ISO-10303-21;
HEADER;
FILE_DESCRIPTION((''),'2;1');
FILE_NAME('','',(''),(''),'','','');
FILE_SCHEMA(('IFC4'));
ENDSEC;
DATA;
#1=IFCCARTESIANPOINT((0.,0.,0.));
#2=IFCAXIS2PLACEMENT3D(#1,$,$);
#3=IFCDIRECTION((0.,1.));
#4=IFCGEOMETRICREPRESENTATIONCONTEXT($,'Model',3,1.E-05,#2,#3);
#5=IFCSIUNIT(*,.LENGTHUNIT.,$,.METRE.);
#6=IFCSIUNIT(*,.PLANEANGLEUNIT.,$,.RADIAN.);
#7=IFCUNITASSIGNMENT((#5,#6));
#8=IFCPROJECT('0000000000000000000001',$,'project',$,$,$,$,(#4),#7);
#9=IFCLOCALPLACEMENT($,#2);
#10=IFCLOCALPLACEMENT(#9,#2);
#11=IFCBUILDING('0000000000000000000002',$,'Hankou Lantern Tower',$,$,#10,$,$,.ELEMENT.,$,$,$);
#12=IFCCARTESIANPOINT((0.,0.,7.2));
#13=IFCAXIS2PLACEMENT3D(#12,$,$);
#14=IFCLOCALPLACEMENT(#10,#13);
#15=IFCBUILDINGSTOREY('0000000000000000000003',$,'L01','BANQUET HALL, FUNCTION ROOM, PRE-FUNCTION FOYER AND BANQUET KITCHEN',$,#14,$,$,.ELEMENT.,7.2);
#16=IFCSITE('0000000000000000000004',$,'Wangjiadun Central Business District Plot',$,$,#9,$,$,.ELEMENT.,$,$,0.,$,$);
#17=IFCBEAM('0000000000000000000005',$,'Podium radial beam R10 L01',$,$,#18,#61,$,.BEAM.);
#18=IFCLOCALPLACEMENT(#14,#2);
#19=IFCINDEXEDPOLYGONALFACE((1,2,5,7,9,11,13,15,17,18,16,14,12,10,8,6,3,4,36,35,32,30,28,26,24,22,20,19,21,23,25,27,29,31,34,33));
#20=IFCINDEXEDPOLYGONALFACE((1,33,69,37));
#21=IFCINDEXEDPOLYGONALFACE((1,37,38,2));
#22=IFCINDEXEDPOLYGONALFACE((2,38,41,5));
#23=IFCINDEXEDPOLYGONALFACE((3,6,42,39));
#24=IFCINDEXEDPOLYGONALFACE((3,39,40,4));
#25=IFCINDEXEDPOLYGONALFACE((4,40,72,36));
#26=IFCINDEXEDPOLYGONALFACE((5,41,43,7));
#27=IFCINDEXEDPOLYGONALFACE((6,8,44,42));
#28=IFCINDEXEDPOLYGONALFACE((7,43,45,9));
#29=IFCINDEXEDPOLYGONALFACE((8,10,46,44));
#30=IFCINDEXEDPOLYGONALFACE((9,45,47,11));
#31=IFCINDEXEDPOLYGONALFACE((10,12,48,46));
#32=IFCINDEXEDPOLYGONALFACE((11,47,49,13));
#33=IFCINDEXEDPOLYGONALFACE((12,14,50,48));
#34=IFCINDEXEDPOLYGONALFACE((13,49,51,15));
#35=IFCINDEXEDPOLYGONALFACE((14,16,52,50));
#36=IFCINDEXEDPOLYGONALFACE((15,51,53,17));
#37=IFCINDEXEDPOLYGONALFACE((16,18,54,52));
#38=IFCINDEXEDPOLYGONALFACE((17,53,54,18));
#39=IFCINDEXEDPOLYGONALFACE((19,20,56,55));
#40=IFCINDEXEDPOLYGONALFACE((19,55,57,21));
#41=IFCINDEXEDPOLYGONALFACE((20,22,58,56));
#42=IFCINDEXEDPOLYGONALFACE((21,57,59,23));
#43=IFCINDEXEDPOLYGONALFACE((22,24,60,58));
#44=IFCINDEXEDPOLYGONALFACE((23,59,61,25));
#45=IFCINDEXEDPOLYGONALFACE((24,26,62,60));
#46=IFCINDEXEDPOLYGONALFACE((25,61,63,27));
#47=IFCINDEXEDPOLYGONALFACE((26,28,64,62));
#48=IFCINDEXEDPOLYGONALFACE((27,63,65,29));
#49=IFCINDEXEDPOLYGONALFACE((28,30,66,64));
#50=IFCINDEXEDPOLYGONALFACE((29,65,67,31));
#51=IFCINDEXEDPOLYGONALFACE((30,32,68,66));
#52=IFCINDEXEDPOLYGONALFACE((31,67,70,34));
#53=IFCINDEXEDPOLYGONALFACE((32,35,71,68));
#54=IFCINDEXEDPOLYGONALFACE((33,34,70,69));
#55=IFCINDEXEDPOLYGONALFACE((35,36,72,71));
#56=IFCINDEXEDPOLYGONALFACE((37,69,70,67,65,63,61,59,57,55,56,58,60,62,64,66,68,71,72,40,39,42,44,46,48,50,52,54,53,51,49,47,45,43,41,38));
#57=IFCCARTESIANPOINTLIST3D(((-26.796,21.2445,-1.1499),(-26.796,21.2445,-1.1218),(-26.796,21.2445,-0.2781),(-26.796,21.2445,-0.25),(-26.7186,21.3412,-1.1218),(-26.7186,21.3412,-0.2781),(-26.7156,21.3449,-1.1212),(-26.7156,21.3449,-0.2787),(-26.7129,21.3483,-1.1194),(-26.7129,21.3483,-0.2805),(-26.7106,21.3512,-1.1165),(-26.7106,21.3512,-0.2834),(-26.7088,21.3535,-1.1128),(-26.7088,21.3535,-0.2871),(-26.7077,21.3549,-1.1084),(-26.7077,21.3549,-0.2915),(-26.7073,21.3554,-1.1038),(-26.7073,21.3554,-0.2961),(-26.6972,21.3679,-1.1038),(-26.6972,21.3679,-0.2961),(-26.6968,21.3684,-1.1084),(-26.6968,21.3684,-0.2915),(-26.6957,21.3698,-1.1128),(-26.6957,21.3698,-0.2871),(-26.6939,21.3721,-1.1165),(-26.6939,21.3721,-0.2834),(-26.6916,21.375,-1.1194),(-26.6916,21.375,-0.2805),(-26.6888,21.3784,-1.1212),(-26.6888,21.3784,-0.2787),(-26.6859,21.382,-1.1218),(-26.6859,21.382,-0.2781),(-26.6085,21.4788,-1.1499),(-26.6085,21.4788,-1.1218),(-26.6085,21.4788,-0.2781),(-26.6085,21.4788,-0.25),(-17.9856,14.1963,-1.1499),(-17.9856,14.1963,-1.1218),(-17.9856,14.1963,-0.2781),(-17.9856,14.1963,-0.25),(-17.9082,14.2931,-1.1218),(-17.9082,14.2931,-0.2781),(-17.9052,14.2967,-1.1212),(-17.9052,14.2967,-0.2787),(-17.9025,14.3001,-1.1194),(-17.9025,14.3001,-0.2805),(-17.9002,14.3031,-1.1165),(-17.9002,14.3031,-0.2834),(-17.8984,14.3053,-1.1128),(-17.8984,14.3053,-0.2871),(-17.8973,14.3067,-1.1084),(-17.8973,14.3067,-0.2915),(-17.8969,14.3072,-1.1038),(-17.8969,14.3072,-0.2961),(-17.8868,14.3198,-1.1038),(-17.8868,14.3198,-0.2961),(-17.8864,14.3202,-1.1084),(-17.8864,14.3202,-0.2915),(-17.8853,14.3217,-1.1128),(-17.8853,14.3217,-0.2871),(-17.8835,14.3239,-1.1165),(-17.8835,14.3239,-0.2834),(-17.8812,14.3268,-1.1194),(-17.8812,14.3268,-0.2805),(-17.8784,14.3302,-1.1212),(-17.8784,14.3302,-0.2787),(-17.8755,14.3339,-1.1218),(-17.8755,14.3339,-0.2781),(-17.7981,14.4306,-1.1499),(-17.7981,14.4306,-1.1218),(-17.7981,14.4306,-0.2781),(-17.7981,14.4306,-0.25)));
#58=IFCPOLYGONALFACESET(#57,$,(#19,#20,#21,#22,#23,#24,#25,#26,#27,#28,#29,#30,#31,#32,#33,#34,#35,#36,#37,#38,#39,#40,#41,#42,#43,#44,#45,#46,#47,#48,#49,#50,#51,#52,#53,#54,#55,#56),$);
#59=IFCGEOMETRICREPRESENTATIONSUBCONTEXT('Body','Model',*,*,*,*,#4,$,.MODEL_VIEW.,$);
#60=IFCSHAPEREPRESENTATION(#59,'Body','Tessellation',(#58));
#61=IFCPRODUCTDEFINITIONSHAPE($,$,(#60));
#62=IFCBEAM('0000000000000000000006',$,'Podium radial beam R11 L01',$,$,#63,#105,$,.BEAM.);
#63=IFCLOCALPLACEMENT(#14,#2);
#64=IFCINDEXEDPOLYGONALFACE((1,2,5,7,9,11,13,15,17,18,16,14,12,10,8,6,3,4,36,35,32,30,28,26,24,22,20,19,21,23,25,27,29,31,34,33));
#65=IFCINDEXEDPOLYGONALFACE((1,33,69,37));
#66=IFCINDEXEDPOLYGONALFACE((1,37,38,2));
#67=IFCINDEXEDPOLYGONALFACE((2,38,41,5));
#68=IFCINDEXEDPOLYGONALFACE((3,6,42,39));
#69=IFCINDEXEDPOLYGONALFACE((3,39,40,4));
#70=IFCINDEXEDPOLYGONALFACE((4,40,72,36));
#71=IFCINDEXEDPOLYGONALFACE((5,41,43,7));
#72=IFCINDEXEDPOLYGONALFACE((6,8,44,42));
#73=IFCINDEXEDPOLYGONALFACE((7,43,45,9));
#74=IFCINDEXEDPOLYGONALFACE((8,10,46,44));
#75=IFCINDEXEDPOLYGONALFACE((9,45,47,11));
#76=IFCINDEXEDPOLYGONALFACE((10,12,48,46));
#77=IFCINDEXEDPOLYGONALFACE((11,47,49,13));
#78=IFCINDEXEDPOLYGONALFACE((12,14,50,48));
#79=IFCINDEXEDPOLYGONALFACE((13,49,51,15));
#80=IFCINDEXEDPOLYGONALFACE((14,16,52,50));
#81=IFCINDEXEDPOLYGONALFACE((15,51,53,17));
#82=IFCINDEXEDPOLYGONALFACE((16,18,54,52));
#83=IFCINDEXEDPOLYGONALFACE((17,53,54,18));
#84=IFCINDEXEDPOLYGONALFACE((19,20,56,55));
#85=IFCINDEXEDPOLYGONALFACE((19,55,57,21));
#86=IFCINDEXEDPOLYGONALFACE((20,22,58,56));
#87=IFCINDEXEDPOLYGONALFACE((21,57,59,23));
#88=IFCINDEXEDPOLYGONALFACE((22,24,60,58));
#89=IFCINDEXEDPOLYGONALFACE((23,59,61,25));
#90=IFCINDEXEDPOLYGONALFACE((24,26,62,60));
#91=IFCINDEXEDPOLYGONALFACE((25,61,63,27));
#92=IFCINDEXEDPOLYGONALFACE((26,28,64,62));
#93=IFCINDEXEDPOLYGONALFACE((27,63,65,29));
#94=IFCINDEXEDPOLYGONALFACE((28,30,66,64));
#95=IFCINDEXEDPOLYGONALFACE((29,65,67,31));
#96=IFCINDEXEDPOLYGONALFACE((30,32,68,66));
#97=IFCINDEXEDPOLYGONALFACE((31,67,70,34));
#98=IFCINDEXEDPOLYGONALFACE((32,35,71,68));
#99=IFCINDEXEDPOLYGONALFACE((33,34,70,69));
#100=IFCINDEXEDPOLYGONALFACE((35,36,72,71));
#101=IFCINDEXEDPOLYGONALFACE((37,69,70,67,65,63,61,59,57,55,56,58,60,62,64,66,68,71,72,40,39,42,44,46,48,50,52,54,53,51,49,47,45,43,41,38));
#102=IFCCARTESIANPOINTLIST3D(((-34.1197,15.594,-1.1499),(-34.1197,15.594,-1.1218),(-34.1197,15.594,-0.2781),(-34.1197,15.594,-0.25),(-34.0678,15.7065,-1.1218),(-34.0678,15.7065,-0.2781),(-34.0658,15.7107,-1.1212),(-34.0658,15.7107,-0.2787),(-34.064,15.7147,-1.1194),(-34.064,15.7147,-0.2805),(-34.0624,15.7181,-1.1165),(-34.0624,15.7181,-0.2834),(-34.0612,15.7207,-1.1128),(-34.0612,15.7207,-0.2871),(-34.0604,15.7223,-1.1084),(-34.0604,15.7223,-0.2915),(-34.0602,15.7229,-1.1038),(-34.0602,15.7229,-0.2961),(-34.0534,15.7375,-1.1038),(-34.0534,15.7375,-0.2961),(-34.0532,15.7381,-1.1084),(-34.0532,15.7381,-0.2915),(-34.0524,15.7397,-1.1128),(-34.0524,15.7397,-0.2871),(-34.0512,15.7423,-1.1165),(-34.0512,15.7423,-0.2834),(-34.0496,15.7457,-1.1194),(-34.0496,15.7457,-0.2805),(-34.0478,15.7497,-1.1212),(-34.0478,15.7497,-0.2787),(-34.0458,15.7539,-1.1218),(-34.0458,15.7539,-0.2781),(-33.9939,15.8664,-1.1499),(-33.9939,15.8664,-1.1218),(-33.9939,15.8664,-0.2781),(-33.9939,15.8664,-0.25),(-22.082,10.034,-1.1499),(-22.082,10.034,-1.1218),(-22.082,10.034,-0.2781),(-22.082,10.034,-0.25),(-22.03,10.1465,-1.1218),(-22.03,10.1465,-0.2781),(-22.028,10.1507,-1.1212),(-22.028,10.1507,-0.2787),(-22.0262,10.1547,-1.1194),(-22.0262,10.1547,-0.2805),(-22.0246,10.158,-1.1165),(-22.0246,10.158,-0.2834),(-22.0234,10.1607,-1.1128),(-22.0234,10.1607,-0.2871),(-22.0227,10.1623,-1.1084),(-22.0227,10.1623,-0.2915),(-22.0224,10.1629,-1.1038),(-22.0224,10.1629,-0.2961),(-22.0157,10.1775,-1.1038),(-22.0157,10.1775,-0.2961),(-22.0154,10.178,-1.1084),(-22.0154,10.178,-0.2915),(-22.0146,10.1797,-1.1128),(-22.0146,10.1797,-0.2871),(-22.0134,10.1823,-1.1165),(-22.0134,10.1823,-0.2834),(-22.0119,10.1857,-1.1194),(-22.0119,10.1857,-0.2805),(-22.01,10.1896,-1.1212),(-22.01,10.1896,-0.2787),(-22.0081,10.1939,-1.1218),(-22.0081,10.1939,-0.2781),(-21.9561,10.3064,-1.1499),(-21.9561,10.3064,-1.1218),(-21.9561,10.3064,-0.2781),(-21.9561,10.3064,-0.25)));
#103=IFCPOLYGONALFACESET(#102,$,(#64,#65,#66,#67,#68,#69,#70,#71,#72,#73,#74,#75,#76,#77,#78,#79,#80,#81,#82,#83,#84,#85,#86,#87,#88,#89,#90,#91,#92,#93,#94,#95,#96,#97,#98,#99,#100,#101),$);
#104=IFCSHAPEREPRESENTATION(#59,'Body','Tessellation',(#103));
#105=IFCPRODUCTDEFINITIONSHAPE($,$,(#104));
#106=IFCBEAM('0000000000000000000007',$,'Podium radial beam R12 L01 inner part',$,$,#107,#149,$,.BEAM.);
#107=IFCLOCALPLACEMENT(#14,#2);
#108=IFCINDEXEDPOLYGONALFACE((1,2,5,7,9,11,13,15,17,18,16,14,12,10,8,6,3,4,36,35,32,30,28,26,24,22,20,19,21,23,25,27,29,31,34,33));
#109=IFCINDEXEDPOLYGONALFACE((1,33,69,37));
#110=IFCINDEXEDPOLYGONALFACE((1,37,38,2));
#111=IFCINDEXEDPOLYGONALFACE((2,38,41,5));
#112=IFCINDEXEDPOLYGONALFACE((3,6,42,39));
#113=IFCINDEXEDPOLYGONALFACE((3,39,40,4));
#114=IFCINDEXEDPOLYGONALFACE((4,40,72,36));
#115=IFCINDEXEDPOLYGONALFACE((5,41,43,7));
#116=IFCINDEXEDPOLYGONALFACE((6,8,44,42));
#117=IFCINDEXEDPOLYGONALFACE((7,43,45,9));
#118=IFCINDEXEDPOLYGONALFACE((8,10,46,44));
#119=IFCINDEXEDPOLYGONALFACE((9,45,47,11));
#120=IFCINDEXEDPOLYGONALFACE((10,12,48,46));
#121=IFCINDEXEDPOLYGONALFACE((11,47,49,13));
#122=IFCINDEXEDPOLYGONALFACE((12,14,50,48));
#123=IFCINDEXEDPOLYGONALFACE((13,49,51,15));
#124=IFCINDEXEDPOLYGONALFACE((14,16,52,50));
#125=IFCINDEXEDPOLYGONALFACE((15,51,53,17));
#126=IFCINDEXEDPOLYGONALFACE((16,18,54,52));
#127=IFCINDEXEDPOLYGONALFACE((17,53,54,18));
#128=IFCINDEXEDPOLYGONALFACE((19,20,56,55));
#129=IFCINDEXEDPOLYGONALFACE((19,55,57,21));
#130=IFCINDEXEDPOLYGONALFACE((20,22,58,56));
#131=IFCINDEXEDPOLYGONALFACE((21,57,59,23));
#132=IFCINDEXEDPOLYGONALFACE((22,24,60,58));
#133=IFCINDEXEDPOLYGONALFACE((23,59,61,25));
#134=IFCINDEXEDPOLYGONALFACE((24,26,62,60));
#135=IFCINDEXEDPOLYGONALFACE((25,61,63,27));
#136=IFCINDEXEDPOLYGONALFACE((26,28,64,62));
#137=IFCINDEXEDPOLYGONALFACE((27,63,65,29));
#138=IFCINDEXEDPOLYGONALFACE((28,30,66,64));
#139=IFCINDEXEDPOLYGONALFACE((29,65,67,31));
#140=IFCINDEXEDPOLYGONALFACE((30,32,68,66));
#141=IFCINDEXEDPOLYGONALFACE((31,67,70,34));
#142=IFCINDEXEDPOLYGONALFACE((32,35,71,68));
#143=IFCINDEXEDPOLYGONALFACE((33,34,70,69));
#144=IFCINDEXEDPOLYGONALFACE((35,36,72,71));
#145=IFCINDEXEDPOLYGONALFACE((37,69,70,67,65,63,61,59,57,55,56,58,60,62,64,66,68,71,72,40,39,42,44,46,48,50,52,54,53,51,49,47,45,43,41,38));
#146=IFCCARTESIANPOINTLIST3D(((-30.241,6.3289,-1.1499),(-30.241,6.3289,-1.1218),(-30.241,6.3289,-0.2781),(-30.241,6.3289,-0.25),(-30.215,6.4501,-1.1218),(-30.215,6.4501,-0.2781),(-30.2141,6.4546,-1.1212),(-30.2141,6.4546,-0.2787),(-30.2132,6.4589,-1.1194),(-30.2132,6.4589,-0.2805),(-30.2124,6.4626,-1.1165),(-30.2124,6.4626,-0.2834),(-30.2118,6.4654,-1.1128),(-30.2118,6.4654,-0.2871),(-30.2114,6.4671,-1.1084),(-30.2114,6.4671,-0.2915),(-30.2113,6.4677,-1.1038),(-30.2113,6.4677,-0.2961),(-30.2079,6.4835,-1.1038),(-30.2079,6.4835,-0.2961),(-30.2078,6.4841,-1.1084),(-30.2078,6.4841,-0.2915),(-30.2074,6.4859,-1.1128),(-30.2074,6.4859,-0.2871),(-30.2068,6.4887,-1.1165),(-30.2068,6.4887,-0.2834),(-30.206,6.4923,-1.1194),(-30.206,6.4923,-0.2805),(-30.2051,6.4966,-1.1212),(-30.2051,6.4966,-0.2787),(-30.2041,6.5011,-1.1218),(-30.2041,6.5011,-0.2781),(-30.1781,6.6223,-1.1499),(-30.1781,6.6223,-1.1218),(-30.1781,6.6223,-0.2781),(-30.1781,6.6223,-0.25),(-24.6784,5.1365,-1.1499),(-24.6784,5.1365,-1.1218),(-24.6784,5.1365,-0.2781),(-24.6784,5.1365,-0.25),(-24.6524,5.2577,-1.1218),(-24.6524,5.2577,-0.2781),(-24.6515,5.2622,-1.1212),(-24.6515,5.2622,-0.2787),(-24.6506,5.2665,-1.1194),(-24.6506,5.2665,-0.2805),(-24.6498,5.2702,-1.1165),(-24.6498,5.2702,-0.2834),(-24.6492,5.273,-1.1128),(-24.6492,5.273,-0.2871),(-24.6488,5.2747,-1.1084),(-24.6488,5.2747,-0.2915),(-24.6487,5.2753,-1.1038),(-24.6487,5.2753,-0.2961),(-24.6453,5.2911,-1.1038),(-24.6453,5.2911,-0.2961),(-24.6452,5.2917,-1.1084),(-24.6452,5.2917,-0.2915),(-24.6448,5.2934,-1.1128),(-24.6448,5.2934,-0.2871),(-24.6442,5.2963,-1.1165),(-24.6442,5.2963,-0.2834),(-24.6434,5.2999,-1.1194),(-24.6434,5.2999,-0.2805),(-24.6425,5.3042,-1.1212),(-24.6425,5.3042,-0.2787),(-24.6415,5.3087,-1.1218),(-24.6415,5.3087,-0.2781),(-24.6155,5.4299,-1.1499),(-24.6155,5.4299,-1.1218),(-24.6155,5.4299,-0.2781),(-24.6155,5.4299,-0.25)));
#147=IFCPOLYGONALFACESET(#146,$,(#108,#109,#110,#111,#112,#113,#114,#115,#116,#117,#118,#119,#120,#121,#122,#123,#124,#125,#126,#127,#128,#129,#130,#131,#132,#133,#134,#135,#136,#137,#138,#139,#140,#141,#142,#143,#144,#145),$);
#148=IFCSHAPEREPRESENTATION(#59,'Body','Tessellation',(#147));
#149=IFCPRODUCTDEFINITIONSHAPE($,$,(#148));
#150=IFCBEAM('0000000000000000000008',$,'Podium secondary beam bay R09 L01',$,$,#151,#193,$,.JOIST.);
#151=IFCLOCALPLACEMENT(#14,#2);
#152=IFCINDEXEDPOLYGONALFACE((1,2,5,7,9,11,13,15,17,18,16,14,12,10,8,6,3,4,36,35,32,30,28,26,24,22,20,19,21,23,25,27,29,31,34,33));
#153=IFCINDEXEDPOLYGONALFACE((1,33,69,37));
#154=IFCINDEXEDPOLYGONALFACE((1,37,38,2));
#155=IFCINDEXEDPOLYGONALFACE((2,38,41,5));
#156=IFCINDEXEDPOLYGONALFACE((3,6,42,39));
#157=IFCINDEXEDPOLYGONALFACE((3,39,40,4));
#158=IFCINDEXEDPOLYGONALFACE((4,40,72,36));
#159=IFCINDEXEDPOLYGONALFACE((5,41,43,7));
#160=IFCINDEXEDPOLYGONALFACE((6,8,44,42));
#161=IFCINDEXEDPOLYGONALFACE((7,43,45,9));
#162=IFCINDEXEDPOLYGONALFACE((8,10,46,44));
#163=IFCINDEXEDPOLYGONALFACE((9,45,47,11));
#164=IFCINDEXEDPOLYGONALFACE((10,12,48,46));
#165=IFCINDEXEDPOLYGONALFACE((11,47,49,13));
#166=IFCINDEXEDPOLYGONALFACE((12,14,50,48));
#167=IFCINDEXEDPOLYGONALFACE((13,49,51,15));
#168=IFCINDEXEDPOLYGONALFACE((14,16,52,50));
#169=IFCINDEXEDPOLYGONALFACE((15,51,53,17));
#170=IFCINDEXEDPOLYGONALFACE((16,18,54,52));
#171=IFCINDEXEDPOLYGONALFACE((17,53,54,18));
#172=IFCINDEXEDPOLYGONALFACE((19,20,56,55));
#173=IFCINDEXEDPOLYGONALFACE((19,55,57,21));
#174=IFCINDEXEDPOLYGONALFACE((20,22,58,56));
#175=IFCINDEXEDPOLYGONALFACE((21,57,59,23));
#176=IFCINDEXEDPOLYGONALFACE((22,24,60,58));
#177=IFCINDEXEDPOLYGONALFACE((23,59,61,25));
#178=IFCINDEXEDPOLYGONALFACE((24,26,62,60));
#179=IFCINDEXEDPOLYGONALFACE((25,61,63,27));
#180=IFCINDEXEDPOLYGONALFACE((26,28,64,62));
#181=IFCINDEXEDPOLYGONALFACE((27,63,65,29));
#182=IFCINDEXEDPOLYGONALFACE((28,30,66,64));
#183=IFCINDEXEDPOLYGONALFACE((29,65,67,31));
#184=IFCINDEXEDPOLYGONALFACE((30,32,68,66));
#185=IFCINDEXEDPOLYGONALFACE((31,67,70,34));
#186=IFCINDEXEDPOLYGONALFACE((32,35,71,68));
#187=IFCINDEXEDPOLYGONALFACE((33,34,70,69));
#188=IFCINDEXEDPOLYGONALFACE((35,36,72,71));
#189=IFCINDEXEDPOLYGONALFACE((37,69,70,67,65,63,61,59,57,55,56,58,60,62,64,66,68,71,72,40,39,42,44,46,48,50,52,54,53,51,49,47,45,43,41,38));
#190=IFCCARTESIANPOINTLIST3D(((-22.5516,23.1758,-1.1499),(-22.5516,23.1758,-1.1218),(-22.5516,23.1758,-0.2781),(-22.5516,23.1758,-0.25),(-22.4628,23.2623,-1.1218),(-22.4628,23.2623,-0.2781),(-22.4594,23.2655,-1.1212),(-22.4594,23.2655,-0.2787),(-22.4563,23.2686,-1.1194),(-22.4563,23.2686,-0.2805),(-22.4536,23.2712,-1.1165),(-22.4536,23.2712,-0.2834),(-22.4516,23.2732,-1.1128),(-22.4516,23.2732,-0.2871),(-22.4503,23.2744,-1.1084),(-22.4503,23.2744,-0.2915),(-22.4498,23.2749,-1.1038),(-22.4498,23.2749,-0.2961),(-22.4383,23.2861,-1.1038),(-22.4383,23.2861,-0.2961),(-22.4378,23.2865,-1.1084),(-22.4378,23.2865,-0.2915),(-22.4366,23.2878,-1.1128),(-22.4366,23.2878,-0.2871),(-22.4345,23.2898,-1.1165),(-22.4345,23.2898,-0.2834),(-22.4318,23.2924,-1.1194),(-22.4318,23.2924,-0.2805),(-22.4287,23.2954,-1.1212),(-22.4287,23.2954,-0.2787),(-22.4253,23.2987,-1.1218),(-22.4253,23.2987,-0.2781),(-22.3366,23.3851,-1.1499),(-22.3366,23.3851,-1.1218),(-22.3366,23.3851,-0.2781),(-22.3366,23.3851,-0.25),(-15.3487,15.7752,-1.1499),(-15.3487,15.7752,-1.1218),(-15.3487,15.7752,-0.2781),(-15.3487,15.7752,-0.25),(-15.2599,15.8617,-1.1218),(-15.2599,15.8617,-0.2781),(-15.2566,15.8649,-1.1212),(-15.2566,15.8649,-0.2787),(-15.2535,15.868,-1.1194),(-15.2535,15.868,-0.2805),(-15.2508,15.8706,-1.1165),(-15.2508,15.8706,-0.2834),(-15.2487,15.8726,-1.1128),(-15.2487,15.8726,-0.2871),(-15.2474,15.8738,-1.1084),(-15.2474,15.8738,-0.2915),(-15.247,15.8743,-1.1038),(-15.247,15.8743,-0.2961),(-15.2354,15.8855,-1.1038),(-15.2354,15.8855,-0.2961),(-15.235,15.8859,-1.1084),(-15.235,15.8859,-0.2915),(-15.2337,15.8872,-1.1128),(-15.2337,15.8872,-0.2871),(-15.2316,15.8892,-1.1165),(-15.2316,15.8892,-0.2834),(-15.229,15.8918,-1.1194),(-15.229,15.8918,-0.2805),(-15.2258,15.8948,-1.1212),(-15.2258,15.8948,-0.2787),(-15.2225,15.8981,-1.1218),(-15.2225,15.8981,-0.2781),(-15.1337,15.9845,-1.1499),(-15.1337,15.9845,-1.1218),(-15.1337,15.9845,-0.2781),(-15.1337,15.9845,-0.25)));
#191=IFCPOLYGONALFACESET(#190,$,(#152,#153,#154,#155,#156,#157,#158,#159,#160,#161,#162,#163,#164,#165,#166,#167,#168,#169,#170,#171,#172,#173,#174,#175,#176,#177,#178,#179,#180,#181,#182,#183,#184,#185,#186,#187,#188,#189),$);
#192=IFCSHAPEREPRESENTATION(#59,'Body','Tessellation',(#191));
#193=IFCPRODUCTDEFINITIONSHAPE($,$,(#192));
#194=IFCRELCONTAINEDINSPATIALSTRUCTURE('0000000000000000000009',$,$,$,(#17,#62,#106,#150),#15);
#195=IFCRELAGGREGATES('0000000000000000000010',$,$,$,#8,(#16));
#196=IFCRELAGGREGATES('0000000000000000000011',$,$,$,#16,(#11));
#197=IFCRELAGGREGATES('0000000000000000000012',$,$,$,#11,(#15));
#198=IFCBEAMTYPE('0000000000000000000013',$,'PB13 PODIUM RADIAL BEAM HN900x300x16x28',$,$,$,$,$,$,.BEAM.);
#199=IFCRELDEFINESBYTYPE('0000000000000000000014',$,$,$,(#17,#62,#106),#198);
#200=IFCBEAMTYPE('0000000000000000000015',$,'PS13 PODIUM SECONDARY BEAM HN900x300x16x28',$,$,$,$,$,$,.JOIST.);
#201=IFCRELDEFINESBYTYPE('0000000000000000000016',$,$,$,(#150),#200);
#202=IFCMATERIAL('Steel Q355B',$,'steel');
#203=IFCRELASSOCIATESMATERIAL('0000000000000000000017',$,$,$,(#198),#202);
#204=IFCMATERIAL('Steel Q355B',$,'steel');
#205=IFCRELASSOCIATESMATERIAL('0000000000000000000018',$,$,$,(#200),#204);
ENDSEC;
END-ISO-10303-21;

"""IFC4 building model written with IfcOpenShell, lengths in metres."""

from ifc_helpers import new_model, si_unit, direction, frame, origin, origin_2d, place, context, subcontext, project, spatial, i_section, extrude, material, material_profile, profile_set, type_object, element, save


model = new_model("IFC4")

# Units and contexts
model_context = context("Model", 3, precision=1e-05, world=origin(), true_north=direction((0.0, 1.0)))
body_context = subcontext(model_context, "Body", "Model", "MODEL_VIEW")
ifc_project = project(units=[si_unit("LENGTHUNIT", "METRE"), si_unit("PLANEANGLEUNIT", "RADIAN")], contexts=[model_context])

# Site, building, storey
site_placement = place(None, origin())
site = spatial("IfcSite", under=ifc_project, at=site_placement, Name="Wangjiadun Central Business District Plot", CompositionType="ELEMENT", RefElevation=0.0)
building_placement = place(site_placement, origin())
building = spatial("IfcBuilding", under=site, at=building_placement, Name="Hankou Lantern Tower", CompositionType="ELEMENT")
storey_placement = place(building_placement, frame((0.0, 0.0, 7.2)))
storey = spatial("IfcBuildingStorey", under=building, at=storey_placement, Name="L01", Description="BANQUET HALL, FUNCTION ROOM, PRE-FUNCTION FOYER AND BANQUET KITCHEN", CompositionType="ELEMENT", Elevation=7.2)

# Beams
ifc_material_1 = material(Name="Steel Q355B", Category="steel")
ifc_material_profile_1 = material_profile(ifc_material_1, i_section(OverallWidth=0.3, OverallDepth=0.8999, WebThickness=0.0161, FlangeThickness=0.0281, FilletRadius=0.0181, at=origin_2d()), Name="HN900x300x16x28")
ifc_profile_set_1 = profile_set([ifc_material_profile_1], Name="Steel Q355B")
beam_type_1 = type_object("IfcBeamType", Name="PB13 PODIUM RADIAL BEAM HN900x300x16x28", PredefinedType="BEAM", material=ifc_profile_set_1)
beam_1_placement = place(storey_placement, frame((-17.8918, 14.3135, -0.7), z_axis=(-0.780875, 0.624687, 0.0), x_axis=(-0.624687, -0.780875, 0.0)))
element("IfcBeam", 1, at=beam_1_placement, inside=storey, type_object=beam_type_1, Name="Podium radial beam R10 L01", PredefinedType="BEAM", context=body_context, shape_type="SweptSolid", body=[
    extrude(i_section(OverallWidth=0.3, OverallDepth=0.8999, WebThickness=0.0161, FlangeThickness=0.0281, FilletRadius=0.0181, at=origin_2d()), origin(), (0.0, 0.0, 1.0), 11.2827),
])
beam_2_placement = place(storey_placement, frame((-22.019, 10.1702, -0.7), z_axis=(-0.907841, 0.419315, 0.0), x_axis=(-0.419315, -0.907841, 0.0)))
element("IfcBeam", 2, at=beam_2_placement, inside=storey, type_object=beam_type_1, Name="Podium radial beam R11 L01", PredefinedType="BEAM", context=body_context, shape_type="SweptSolid", body=[
    extrude(i_section(OverallWidth=0.3, OverallDepth=0.8999, WebThickness=0.0161, FlangeThickness=0.0281, FilletRadius=0.0181, at=origin_2d()), origin(), (0.0, 0.0, 1.0), 13.2598),
])
beam_3_placement = place(storey_placement, frame((-24.647, 5.2832, -0.7), z_axis=(-0.977787, 0.209599, 0.0), x_axis=(-0.209599, -0.977787, 0.0)))
element("IfcBeam", 3, at=beam_3_placement, inside=storey, type_object=beam_type_1, Name="Podium radial beam R12 L01 inner part", PredefinedType="BEAM", context=body_context, shape_type="SweptSolid", body=[
    extrude(i_section(OverallWidth=0.3, OverallDepth=0.8999, WebThickness=0.0161, FlangeThickness=0.0281, FilletRadius=0.0181, at=origin_2d()), origin(), (0.0, 0.0, 1.0), 5.689),
])
ifc_material_2 = material(Name="Steel Q355B", Category="steel")
ifc_material_profile_2 = material_profile(ifc_material_2, i_section(OverallWidth=0.3, OverallDepth=0.8999, WebThickness=0.0161, FlangeThickness=0.0281, FilletRadius=0.0181, at=origin_2d()), Name="HN900x300x16x28")
ifc_profile_set_2 = profile_set([ifc_material_profile_2], Name="Steel Q355B")
beam_type_2 = type_object("IfcBeamType", Name="PS13 PODIUM SECONDARY BEAM HN900x300x16x28", PredefinedType="JOIST", material=ifc_profile_set_2)
beam_4_placement = place(storey_placement, frame((-15.2412, 15.8799, -0.7), z_axis=(-0.697468, 0.716616, 0.0), x_axis=(-0.716616, -0.697468, 0.0)))
element("IfcBeam", 4, at=beam_4_placement, inside=storey, type_object=beam_type_2, Name="Podium secondary beam bay R09 L01", PredefinedType="JOIST", context=body_context, shape_type="SweptSolid", body=[
    extrude(i_section(OverallWidth=0.3, OverallDepth=0.8999, WebThickness=0.0161, FlangeThickness=0.0281, FilletRadius=0.0181, at=origin_2d()), origin(), (0.0, 0.0, 1.0), 10.3271),
])

save(model, "model.ifc")
